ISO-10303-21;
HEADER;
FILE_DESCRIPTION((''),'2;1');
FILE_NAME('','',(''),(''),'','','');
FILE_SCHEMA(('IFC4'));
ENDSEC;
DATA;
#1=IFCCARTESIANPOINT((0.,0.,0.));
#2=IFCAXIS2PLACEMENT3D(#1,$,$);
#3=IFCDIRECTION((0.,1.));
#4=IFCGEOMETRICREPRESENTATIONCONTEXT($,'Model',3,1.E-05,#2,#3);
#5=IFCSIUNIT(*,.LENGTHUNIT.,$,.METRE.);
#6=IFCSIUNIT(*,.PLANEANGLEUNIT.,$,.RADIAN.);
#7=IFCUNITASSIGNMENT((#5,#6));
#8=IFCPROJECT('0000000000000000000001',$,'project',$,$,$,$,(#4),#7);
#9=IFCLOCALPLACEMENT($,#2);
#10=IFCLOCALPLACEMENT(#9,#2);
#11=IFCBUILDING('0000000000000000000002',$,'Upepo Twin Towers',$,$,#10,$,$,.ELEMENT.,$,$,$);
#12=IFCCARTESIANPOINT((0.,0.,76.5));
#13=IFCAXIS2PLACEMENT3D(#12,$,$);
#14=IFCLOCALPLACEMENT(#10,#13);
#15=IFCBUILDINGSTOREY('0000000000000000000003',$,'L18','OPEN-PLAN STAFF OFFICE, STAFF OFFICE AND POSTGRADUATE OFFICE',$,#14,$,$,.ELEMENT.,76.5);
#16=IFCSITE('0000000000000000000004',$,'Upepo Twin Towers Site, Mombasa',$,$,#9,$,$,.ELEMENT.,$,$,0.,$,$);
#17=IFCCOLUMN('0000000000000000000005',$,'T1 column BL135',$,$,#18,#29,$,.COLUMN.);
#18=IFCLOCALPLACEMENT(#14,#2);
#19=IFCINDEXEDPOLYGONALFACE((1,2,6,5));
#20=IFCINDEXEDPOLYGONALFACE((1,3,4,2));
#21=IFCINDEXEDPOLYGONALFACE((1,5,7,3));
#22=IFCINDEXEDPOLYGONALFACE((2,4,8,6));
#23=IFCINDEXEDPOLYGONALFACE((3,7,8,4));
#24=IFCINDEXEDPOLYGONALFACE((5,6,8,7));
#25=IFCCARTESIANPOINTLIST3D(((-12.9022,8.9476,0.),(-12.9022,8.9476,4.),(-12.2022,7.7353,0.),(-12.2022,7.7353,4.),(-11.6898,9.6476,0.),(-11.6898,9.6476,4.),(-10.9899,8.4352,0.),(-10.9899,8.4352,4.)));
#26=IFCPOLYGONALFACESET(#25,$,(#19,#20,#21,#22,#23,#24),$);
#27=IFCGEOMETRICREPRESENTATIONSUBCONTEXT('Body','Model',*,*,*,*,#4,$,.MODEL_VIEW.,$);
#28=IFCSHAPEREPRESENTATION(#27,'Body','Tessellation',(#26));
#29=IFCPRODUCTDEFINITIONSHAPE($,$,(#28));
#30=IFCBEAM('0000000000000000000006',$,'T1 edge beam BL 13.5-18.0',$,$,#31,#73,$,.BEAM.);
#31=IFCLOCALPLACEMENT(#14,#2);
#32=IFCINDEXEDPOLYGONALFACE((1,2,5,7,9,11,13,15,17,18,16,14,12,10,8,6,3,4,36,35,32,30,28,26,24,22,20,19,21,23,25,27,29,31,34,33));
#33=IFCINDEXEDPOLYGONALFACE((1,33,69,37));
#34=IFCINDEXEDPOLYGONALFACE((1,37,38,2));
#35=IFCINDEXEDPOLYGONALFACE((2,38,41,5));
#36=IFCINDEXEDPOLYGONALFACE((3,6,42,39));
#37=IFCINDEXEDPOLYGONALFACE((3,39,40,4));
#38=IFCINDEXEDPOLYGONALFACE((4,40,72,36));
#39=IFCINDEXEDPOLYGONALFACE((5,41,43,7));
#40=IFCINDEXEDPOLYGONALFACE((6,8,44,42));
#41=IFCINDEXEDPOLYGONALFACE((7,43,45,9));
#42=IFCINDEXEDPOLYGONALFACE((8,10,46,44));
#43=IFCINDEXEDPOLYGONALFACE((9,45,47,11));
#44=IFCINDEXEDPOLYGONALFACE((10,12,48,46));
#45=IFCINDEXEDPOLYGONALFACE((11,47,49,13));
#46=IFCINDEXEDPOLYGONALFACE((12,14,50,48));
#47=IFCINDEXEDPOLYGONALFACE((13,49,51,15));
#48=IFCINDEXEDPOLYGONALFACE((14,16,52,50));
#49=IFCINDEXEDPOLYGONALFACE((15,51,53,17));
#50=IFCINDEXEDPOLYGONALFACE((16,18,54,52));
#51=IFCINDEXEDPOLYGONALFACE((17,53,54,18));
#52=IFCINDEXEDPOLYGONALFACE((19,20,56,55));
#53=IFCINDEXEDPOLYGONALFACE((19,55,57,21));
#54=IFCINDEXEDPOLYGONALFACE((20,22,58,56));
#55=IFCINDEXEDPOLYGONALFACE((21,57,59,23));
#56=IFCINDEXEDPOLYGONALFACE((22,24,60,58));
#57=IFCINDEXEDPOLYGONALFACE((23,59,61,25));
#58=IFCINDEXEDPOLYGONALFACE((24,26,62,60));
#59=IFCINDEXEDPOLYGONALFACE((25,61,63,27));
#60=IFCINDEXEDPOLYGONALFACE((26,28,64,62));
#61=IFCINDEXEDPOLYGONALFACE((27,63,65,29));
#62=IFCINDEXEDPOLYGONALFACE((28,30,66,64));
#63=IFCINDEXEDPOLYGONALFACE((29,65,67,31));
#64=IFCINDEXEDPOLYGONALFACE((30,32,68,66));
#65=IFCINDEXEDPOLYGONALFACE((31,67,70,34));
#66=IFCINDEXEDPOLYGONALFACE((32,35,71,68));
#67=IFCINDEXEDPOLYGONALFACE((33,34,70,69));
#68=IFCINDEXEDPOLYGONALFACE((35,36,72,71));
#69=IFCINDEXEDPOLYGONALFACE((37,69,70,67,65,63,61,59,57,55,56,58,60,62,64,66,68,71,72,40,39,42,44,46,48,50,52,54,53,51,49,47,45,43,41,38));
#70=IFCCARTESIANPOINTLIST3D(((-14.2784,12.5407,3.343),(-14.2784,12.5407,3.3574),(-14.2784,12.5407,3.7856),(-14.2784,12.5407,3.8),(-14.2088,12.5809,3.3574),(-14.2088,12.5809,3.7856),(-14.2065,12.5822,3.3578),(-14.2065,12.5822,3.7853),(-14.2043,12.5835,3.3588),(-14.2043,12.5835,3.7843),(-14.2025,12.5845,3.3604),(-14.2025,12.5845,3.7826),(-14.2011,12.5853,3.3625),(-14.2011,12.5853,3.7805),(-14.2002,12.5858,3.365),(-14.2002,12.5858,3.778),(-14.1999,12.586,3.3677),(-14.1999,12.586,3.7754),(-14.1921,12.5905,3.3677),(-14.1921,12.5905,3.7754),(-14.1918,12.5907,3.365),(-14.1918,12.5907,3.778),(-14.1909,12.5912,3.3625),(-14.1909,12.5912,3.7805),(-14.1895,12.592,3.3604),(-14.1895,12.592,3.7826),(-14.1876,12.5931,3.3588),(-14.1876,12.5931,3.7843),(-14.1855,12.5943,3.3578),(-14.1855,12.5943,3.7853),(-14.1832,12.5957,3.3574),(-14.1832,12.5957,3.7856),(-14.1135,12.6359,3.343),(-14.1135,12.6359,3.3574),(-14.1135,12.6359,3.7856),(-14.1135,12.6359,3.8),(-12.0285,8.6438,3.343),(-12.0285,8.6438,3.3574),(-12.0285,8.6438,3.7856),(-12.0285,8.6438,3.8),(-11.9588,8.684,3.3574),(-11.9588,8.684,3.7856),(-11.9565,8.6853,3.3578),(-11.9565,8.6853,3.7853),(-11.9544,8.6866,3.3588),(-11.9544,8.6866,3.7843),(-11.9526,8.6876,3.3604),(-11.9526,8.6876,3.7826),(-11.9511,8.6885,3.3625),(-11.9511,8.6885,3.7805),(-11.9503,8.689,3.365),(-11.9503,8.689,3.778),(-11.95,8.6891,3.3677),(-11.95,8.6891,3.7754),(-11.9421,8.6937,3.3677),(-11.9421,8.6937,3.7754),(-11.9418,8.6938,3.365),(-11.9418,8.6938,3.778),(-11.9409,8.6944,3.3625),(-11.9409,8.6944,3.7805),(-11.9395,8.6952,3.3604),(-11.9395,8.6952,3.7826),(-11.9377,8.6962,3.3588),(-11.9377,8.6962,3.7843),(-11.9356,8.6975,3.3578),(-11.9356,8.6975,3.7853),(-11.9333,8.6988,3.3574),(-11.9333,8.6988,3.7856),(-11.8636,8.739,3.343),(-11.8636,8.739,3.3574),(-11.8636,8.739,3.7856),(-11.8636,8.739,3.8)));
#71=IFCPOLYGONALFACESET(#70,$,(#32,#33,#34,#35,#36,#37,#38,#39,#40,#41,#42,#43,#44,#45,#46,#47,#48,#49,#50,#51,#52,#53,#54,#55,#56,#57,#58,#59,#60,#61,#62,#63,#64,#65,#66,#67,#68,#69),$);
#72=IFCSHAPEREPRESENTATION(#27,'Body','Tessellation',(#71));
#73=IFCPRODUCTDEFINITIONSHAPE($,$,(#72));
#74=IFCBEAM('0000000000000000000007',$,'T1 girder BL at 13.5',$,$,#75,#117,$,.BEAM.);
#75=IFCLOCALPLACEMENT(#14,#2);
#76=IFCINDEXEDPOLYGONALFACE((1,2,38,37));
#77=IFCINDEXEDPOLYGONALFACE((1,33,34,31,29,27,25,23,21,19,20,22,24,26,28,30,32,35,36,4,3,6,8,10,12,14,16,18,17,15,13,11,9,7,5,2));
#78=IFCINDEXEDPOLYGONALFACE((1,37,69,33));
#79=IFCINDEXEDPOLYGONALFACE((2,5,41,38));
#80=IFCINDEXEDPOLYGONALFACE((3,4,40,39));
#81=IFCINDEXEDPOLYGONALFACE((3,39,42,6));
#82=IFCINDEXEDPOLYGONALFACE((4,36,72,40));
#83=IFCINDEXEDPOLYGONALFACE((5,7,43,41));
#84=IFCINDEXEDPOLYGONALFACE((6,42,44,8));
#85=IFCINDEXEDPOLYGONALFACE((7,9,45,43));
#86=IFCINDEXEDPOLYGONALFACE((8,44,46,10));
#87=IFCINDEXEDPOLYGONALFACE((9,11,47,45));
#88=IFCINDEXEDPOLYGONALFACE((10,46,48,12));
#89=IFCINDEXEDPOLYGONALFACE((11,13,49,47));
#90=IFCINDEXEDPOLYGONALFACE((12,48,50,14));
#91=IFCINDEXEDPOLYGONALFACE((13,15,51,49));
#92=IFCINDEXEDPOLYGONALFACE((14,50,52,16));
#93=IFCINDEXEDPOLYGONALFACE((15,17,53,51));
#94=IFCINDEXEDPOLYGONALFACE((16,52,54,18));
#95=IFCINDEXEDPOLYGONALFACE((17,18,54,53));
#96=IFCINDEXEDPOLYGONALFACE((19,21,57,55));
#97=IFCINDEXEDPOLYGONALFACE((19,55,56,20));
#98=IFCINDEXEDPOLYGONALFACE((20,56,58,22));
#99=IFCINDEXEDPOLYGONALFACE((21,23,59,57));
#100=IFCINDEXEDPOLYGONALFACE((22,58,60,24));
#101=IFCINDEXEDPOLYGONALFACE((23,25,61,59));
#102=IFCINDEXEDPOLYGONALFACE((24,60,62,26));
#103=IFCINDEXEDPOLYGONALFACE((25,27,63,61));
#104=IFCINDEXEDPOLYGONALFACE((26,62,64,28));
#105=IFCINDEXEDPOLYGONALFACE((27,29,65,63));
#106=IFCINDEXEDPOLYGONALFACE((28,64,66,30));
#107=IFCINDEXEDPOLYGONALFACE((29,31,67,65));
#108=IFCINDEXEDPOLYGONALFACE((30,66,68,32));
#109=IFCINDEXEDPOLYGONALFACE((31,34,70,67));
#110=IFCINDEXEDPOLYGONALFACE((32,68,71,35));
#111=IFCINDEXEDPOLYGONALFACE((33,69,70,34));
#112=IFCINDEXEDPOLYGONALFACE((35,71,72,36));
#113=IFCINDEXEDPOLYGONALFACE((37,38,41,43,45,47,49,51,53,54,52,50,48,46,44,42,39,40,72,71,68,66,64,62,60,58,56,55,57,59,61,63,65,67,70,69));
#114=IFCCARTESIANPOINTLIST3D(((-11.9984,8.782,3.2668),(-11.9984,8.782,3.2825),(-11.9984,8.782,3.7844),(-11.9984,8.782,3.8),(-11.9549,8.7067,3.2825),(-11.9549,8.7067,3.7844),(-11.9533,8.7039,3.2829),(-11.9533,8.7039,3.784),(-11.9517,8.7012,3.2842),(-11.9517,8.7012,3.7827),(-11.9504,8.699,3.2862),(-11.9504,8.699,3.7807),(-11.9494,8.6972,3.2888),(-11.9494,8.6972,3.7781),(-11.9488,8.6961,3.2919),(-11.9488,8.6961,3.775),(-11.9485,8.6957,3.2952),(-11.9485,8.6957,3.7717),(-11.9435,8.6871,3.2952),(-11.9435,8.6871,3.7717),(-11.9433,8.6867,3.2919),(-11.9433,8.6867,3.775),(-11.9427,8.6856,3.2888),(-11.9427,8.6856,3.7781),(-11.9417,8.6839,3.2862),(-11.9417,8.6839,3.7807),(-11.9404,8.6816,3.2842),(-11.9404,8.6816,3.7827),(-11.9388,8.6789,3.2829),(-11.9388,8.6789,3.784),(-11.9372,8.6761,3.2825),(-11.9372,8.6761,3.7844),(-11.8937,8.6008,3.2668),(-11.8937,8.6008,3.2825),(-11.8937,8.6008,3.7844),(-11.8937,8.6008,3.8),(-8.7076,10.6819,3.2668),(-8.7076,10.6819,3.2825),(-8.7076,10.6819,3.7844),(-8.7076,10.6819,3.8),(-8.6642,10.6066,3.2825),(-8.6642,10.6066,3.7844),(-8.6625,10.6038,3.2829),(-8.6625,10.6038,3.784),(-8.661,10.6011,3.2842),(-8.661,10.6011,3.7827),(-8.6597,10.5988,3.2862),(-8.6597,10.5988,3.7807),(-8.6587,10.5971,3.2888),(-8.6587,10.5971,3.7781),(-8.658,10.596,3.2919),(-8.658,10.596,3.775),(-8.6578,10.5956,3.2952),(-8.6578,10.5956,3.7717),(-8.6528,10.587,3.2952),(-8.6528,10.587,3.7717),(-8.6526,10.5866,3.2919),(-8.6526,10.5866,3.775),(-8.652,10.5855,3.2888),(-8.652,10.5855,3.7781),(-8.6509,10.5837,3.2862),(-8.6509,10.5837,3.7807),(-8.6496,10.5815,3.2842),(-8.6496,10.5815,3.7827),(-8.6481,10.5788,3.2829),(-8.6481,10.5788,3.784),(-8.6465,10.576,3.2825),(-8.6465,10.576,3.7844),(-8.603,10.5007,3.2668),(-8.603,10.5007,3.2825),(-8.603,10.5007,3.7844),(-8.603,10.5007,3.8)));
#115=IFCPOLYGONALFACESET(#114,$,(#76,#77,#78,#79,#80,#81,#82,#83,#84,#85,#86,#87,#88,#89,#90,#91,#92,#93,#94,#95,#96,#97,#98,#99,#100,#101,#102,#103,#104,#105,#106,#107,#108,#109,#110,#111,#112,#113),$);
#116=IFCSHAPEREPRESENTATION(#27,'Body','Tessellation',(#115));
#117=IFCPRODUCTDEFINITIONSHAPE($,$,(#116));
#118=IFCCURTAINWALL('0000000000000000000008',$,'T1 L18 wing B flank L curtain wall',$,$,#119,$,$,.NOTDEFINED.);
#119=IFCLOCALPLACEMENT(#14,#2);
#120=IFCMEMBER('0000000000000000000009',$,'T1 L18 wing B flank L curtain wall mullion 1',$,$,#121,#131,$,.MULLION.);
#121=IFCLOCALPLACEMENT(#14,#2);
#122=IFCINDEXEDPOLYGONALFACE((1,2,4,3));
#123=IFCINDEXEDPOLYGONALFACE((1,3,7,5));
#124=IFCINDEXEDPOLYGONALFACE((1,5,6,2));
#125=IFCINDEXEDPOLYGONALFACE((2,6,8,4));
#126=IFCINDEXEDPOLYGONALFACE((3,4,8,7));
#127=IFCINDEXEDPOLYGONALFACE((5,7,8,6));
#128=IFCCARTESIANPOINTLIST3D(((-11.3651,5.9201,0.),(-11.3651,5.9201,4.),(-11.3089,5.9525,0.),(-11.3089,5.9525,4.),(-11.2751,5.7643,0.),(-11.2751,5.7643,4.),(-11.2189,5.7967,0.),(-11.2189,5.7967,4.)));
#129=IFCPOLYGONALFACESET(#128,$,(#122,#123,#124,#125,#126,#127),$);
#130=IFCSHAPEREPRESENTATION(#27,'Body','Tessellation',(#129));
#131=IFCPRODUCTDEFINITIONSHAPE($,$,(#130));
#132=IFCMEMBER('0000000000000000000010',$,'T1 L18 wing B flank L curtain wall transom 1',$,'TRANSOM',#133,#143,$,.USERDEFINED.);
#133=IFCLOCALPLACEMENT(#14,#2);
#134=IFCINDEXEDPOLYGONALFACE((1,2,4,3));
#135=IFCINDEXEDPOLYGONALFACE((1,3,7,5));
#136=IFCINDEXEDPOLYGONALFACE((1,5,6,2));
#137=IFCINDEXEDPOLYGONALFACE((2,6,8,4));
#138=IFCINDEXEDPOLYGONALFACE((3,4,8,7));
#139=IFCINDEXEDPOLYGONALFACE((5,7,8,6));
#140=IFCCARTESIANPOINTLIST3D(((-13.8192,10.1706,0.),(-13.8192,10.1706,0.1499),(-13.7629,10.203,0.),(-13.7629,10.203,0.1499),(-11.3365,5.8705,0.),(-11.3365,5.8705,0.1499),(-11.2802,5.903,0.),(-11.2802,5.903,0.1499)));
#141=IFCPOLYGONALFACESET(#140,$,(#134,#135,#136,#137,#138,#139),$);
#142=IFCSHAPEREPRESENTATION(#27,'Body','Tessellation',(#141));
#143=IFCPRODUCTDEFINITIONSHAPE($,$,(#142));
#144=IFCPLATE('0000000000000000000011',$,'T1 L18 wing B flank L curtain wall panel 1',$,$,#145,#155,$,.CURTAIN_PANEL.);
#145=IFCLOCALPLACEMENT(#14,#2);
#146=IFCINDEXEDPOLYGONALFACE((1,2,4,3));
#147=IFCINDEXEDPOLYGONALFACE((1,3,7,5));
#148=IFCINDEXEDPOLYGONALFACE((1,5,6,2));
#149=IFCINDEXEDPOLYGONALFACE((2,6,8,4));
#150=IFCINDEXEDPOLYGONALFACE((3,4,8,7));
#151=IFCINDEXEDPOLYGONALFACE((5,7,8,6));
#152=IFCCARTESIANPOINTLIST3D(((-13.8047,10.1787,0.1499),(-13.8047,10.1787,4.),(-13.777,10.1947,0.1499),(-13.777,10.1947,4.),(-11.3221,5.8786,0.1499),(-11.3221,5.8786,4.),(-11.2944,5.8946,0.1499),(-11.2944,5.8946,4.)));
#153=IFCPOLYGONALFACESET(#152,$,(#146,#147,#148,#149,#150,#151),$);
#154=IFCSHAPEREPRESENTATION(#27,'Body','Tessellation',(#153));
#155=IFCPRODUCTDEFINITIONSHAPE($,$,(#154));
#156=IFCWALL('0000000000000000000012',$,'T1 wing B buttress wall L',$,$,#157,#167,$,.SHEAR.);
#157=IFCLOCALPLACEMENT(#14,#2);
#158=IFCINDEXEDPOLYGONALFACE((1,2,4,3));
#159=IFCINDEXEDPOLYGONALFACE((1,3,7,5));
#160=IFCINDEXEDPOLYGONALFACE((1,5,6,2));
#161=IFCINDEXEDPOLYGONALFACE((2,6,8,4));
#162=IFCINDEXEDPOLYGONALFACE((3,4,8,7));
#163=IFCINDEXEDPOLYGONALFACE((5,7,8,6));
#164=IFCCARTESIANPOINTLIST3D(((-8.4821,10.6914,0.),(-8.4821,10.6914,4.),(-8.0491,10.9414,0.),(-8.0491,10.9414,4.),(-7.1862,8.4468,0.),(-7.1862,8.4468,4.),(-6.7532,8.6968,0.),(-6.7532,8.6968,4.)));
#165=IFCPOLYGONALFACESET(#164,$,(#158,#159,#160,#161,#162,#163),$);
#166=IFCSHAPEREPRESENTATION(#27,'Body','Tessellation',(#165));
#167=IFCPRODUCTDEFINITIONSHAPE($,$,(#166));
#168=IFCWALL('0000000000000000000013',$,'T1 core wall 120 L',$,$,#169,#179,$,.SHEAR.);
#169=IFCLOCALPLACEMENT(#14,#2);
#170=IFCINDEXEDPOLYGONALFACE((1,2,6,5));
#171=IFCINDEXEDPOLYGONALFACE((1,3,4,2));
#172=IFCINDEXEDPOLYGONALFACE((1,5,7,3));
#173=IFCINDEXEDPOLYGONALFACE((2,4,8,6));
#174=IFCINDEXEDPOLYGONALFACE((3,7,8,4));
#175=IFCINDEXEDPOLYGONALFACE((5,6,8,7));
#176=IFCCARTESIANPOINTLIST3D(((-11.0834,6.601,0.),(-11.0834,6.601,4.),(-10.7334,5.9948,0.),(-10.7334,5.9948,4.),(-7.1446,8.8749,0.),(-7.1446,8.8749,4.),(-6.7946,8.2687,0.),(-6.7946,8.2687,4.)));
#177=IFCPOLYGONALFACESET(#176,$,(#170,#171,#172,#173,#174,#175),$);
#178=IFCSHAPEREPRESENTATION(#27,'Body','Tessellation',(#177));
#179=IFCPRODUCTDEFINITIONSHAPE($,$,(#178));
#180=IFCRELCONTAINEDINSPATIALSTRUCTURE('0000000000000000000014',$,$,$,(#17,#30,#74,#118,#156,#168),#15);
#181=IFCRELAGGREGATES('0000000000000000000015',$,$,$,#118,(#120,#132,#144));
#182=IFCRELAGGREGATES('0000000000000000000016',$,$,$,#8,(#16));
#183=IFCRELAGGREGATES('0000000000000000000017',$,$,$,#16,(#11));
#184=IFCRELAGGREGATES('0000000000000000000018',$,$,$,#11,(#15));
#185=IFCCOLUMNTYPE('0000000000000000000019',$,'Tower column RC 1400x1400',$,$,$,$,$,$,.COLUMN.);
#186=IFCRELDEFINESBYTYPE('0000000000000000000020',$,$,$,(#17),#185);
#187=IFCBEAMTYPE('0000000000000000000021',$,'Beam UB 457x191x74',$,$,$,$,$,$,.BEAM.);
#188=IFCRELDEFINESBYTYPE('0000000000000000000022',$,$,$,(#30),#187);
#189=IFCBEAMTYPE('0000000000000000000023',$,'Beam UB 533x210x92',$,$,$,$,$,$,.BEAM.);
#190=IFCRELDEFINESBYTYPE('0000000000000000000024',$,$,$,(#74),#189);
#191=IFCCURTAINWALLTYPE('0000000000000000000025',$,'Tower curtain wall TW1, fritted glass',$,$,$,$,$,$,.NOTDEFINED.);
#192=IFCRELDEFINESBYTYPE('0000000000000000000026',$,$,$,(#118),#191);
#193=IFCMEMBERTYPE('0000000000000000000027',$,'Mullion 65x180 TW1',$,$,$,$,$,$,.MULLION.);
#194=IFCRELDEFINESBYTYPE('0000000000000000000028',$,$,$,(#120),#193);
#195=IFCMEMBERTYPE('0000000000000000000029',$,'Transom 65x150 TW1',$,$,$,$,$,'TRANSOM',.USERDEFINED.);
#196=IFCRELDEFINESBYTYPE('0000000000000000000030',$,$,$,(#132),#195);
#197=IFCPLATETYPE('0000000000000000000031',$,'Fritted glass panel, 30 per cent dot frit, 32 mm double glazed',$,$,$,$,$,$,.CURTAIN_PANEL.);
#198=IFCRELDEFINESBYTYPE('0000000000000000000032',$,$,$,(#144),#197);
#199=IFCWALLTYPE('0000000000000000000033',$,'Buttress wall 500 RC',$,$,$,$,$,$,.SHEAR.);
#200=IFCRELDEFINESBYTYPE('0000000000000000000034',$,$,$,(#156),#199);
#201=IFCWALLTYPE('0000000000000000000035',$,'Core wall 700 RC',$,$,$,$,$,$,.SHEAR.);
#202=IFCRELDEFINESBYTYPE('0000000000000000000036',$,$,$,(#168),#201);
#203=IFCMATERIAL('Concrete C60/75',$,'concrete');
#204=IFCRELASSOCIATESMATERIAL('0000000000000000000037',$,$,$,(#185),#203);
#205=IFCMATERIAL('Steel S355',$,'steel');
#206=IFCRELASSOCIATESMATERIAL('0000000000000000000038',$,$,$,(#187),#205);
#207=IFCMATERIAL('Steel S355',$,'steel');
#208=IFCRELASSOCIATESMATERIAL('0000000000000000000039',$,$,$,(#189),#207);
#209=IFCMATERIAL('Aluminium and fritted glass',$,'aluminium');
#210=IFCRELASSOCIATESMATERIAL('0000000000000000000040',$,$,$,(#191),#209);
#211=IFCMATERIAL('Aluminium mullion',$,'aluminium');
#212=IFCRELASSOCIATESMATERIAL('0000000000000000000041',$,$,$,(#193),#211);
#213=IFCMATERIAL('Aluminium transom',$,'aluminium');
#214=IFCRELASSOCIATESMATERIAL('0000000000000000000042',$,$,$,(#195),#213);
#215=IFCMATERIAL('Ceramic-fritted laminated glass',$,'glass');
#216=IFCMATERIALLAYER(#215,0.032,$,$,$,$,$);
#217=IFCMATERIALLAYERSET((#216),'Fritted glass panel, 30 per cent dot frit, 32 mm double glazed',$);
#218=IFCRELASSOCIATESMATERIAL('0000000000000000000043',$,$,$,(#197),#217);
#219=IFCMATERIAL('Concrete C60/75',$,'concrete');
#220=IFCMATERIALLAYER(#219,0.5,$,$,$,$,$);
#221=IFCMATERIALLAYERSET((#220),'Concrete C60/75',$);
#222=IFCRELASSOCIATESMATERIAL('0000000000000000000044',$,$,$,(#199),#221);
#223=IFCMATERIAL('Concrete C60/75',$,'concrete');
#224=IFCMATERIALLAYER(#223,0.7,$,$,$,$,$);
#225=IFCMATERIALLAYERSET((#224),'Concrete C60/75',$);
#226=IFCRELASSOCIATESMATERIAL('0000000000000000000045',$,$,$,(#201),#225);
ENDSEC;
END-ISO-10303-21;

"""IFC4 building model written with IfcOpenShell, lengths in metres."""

from ifc_helpers import new_model, si_unit, direction, frame, frame_2d, origin, origin_2d, place, context, subcontext, project, spatial, rectangle, i_section, extrude, material, layer, layer_set, material_profile, profile_set, type_object, element, aggregate, save


model = new_model("IFC4")

# Units and contexts
model_context = context("Model", 3, precision=1e-05, world=origin(), true_north=direction((0.0, 1.0)))
body_context = subcontext(model_context, "Body", "Model", "MODEL_VIEW")
ifc_project = project(units=[si_unit("LENGTHUNIT", "METRE"), si_unit("PLANEANGLEUNIT", "RADIAN")], contexts=[model_context])

# Site, building, storey
site_placement = place(None, origin())
site = spatial("IfcSite", under=ifc_project, at=site_placement, Name="Upepo Twin Towers Site, Mombasa", CompositionType="ELEMENT", RefElevation=0.0)
building_placement = place(site_placement, origin())
building = spatial("IfcBuilding", under=site, at=building_placement, Name="Upepo Twin Towers", CompositionType="ELEMENT")
storey_placement = place(building_placement, frame((0.0, 0.0, 76.5)))
storey = spatial("IfcBuildingStorey", under=building, at=storey_placement, Name="L18", Description="OPEN-PLAN STAFF OFFICE, STAFF OFFICE AND POSTGRADUATE OFFICE", CompositionType="ELEMENT", Elevation=76.5)

# Column
ifc_material_1 = material(Name="Concrete C60/75", Category="concrete")
ifc_material_profile_1 = material_profile(ifc_material_1, rectangle(XDim=1.3999, YDim=1.3999, at=origin_2d()), Name="RC 1400x1400")
ifc_profile_set_1 = profile_set([ifc_material_profile_1], Name="Concrete C60/75")
column_type = type_object("IfcColumnType", Name="Tower column RC 1400x1400", PredefinedType="COLUMN", material=ifc_profile_set_1)
column_placement = place(storey_placement, frame((-11.946, 8.6914, 0.0), z_axis=(0.0, 0.0, 1.0), x_axis=(0.866025, 0.5, 0.0)))
element("IfcColumn", 1, at=column_placement, inside=storey, type_object=column_type, Name="T1 column BL135", PredefinedType="COLUMN", context=body_context, shape_type="SweptSolid", body=[
    extrude(rectangle(XDim=1.3999, YDim=1.3999, at=origin_2d()), origin(), (0.0, 0.0, 1.0), 4.0),
])

# Beams
ifc_material_2 = material(Name="Steel S355", Category="steel")
ifc_material_profile_2 = material_profile(ifc_material_2, i_section(OverallWidth=0.1904, OverallDepth=0.457, WebThickness=0.009, FlangeThickness=0.0144, FilletRadius=0.0103, at=origin_2d()), Name="UB 457x191x74")
ifc_profile_set_2 = profile_set([ifc_material_profile_2], Name="Steel S355")
beam_type_1 = type_object("IfcBeamType", Name="Beam UB 457x191x74", PredefinedType="BEAM", material=ifc_profile_set_2)
beam_1_placement = place(storey_placement, frame((-11.946, 8.6914, 3.5715), z_axis=(-0.500014, 0.866018, 0.0), x_axis=(-0.866018, -0.500014, 0.0)))
element("IfcBeam", 2, at=beam_1_placement, inside=storey, type_object=beam_type_1, Name="T1 edge beam BL 13.5-18.0", PredefinedType="BEAM", context=body_context, shape_type="SweptSolid", body=[
    extrude(i_section(OverallWidth=0.1904, OverallDepth=0.457, WebThickness=0.009, FlangeThickness=0.0144, FilletRadius=0.0103, at=origin_2d()), origin(), (0.0, 0.0, 1.0), 4.4998),
])
ifc_material_3 = material(Name="Steel S355", Category="steel")
ifc_material_profile_3 = material_profile(ifc_material_3, i_section(OverallWidth=0.2092, OverallDepth=0.5332, WebThickness=0.01, FlangeThickness=0.0156, FilletRadius=0.0127, at=origin_2d()), Name="UB 533x210x92")
ifc_profile_set_3 = profile_set([ifc_material_profile_3], Name="Steel S355")
beam_type_2 = type_object("IfcBeamType", Name="Beam UB 533x210x92", PredefinedType="BEAM", material=ifc_profile_set_3)
beam_2_placement = place(storey_placement, frame((-11.946, 8.6914, 3.5334), z_axis=(0.866028, 0.499995, 0.0), x_axis=(-0.499995, 0.866028, 0.0)))
element("IfcBeam", 3, at=beam_2_placement, inside=storey, type_object=beam_type_2, Name="T1 girder BL at 13.5", PredefinedType="BEAM", context=body_context, shape_type="SweptSolid", body=[
    extrude(i_section(OverallWidth=0.2092, OverallDepth=0.5332, WebThickness=0.01, FlangeThickness=0.0156, FilletRadius=0.0127, at=origin_2d()), origin(), (0.0, 0.0, 1.0), 3.7998),
])

# Curtain wall, members, plate
ifc_material_4 = material(Name="Aluminium and fritted glass", Category="aluminium")
curtain_wall_type = type_object("IfcCurtainWallType", Name="Tower curtain wall TW1, fritted glass", PredefinedType="NOTDEFINED", material=ifc_material_4)
curtain_wall_placement = place(storey_placement, origin())
curtain_wall = element("IfcCurtainWall", 4, at=curtain_wall_placement, inside=storey, type_object=curtain_wall_type, Name="T1 L18 wing B flank L curtain wall", PredefinedType="NOTDEFINED")
ifc_material_5 = material(Name="Aluminium mullion", Category="aluminium")
ifc_material_profile_4 = material_profile(ifc_material_5, rectangle(XDim=0.0649, YDim=0.1799, at=origin_2d()), Name="MULLION 65x180")
ifc_profile_set_4 = profile_set([ifc_material_profile_4], Name="Aluminium mullion")
member_type_1 = type_object("IfcMemberType", Name="Mullion 65x180 TW1", PredefinedType="MULLION", material=ifc_profile_set_4)
member_1_placement = place(storey_placement, frame((-11.292, 5.8584, 0.0), z_axis=(0.0, 0.0, 1.0), x_axis=(-0.866025, -0.5, 0.0)))
member_1 = element("IfcMember", 5, at=member_1_placement, type_object=member_type_1, Name="T1 L18 wing B flank L curtain wall mullion 1", PredefinedType="MULLION", context=body_context, shape_type="SweptSolid", body=[
    extrude(rectangle(XDim=0.0649, YDim=0.1799, at=origin_2d()), origin(), (0.0, 0.0, 1.0), 4.0),
])
ifc_material_6 = material(Name="Aluminium transom", Category="aluminium")
ifc_material_profile_5 = material_profile(ifc_material_6, rectangle(XDim=0.0649, YDim=0.1499, at=origin_2d()), Name="TRANSOM 65x150")
ifc_profile_set_5 = profile_set([ifc_material_profile_5], Name="Aluminium transom")
member_type_2 = type_object("IfcMemberType", Name="Transom 65x150 TW1", ElementType="TRANSOM", PredefinedType="USERDEFINED", material=ifc_profile_set_5)
member_2_placement = place(storey_placement, frame((-11.3083, 5.8867, 0.075), z_axis=(-0.500005, 0.866023, 0.0), x_axis=(-0.866023, -0.500005, 0.0)))
member_2 = element("IfcMember", 6, at=member_2_placement, type_object=member_type_2, Name="T1 L18 wing B flank L curtain wall transom 1", ObjectType="TRANSOM", PredefinedType="USERDEFINED", context=body_context, shape_type="SweptSolid", body=[
    extrude(rectangle(XDim=0.0649, YDim=0.1499, at=origin_2d()), origin(), (0.0, 0.0, 1.0), 4.9653),
])
ifc_material_7 = material(Name="Ceramic-fritted laminated glass", Category="glass")
ifc_layer_1 = layer(ifc_material_7, 0.032)
ifc_layer_set_1 = layer_set([ifc_layer_1], Name="Fritted glass panel, 30 per cent dot frit, 32 mm double glazed")
plate_type = type_object("IfcPlateType", Name="Fritted glass panel, 30 per cent dot frit, 32 mm double glazed", PredefinedType="CURTAIN_PANEL", material=ifc_layer_set_1)
plate_placement = place(storey_placement, frame((-12.5496, 8.0366, 0.1499), z_axis=(0.0, 0.0, 1.0), x_axis=(-0.5, 0.866025, 0.0)))
plate = element("IfcPlate", 7, at=plate_placement, type_object=plate_type, Name="T1 L18 wing B flank L curtain wall panel 1", PredefinedType="CURTAIN_PANEL", context=body_context, shape_type="SweptSolid", body=[
    extrude(rectangle(XDim=4.9653, YDim=0.032, at=origin_2d()), origin(), (0.0, 0.0, 1.0), 3.8501),
])
aggregate(curtain_wall, [member_1, member_2, plate])

# Walls
ifc_material_8 = material(Name="Concrete C60/75", Category="concrete")
ifc_layer_2 = layer(ifc_material_8, 0.5)
ifc_layer_set_2 = layer_set([ifc_layer_2], Name="Concrete C60/75")
wall_type_1 = type_object("IfcWallType", Name="Buttress wall 500 RC", PredefinedType="SHEAR", material=ifc_layer_set_2)
wall_1_placement = place(storey_placement, frame((-6.9697, 8.5718, 0.0), z_axis=(0.0, 0.0, 1.0), x_axis=(-0.499989, 0.866032, 0.0)))
element("IfcWall", 8, at=wall_1_placement, inside=storey, type_object=wall_type_1, Name="T1 wing B buttress wall L", PredefinedType="SHEAR", context=body_context, shape_type="SweptSolid", body=[
    extrude(rectangle(XDim=2.5918, YDim=0.5, at=frame_2d((1.2959, 0.0))), origin(), (0.0, 0.0, 1.0), 4.0),
])
ifc_material_9 = material(Name="Concrete C60/75", Category="concrete")
ifc_layer_3 = layer(ifc_material_9, 0.7)
ifc_layer_set_3 = layer_set([ifc_layer_3], Name="Concrete C60/75")
wall_type_2 = type_object("IfcWallType", Name="Core wall 700 RC", PredefinedType="SHEAR", material=ifc_layer_set_3)
wall_2_placement = place(storey_placement, frame((-6.9697, 8.5718, 0.0), z_axis=(0.0, 0.0, 1.0), x_axis=(-0.866035, -0.499984, 0.0)))
element("IfcWall", 9, at=wall_2_placement, inside=storey, type_object=wall_type_2, Name="T1 core wall 120 L", PredefinedType="SHEAR", context=body_context, shape_type="SweptSolid", body=[
    extrude(rectangle(XDim=4.5481, YDim=0.7, at=frame_2d((2.2739, 0.0))), origin(), (0.0, 0.0, 1.0), 4.0),
])

save(model, "model.ifc")
